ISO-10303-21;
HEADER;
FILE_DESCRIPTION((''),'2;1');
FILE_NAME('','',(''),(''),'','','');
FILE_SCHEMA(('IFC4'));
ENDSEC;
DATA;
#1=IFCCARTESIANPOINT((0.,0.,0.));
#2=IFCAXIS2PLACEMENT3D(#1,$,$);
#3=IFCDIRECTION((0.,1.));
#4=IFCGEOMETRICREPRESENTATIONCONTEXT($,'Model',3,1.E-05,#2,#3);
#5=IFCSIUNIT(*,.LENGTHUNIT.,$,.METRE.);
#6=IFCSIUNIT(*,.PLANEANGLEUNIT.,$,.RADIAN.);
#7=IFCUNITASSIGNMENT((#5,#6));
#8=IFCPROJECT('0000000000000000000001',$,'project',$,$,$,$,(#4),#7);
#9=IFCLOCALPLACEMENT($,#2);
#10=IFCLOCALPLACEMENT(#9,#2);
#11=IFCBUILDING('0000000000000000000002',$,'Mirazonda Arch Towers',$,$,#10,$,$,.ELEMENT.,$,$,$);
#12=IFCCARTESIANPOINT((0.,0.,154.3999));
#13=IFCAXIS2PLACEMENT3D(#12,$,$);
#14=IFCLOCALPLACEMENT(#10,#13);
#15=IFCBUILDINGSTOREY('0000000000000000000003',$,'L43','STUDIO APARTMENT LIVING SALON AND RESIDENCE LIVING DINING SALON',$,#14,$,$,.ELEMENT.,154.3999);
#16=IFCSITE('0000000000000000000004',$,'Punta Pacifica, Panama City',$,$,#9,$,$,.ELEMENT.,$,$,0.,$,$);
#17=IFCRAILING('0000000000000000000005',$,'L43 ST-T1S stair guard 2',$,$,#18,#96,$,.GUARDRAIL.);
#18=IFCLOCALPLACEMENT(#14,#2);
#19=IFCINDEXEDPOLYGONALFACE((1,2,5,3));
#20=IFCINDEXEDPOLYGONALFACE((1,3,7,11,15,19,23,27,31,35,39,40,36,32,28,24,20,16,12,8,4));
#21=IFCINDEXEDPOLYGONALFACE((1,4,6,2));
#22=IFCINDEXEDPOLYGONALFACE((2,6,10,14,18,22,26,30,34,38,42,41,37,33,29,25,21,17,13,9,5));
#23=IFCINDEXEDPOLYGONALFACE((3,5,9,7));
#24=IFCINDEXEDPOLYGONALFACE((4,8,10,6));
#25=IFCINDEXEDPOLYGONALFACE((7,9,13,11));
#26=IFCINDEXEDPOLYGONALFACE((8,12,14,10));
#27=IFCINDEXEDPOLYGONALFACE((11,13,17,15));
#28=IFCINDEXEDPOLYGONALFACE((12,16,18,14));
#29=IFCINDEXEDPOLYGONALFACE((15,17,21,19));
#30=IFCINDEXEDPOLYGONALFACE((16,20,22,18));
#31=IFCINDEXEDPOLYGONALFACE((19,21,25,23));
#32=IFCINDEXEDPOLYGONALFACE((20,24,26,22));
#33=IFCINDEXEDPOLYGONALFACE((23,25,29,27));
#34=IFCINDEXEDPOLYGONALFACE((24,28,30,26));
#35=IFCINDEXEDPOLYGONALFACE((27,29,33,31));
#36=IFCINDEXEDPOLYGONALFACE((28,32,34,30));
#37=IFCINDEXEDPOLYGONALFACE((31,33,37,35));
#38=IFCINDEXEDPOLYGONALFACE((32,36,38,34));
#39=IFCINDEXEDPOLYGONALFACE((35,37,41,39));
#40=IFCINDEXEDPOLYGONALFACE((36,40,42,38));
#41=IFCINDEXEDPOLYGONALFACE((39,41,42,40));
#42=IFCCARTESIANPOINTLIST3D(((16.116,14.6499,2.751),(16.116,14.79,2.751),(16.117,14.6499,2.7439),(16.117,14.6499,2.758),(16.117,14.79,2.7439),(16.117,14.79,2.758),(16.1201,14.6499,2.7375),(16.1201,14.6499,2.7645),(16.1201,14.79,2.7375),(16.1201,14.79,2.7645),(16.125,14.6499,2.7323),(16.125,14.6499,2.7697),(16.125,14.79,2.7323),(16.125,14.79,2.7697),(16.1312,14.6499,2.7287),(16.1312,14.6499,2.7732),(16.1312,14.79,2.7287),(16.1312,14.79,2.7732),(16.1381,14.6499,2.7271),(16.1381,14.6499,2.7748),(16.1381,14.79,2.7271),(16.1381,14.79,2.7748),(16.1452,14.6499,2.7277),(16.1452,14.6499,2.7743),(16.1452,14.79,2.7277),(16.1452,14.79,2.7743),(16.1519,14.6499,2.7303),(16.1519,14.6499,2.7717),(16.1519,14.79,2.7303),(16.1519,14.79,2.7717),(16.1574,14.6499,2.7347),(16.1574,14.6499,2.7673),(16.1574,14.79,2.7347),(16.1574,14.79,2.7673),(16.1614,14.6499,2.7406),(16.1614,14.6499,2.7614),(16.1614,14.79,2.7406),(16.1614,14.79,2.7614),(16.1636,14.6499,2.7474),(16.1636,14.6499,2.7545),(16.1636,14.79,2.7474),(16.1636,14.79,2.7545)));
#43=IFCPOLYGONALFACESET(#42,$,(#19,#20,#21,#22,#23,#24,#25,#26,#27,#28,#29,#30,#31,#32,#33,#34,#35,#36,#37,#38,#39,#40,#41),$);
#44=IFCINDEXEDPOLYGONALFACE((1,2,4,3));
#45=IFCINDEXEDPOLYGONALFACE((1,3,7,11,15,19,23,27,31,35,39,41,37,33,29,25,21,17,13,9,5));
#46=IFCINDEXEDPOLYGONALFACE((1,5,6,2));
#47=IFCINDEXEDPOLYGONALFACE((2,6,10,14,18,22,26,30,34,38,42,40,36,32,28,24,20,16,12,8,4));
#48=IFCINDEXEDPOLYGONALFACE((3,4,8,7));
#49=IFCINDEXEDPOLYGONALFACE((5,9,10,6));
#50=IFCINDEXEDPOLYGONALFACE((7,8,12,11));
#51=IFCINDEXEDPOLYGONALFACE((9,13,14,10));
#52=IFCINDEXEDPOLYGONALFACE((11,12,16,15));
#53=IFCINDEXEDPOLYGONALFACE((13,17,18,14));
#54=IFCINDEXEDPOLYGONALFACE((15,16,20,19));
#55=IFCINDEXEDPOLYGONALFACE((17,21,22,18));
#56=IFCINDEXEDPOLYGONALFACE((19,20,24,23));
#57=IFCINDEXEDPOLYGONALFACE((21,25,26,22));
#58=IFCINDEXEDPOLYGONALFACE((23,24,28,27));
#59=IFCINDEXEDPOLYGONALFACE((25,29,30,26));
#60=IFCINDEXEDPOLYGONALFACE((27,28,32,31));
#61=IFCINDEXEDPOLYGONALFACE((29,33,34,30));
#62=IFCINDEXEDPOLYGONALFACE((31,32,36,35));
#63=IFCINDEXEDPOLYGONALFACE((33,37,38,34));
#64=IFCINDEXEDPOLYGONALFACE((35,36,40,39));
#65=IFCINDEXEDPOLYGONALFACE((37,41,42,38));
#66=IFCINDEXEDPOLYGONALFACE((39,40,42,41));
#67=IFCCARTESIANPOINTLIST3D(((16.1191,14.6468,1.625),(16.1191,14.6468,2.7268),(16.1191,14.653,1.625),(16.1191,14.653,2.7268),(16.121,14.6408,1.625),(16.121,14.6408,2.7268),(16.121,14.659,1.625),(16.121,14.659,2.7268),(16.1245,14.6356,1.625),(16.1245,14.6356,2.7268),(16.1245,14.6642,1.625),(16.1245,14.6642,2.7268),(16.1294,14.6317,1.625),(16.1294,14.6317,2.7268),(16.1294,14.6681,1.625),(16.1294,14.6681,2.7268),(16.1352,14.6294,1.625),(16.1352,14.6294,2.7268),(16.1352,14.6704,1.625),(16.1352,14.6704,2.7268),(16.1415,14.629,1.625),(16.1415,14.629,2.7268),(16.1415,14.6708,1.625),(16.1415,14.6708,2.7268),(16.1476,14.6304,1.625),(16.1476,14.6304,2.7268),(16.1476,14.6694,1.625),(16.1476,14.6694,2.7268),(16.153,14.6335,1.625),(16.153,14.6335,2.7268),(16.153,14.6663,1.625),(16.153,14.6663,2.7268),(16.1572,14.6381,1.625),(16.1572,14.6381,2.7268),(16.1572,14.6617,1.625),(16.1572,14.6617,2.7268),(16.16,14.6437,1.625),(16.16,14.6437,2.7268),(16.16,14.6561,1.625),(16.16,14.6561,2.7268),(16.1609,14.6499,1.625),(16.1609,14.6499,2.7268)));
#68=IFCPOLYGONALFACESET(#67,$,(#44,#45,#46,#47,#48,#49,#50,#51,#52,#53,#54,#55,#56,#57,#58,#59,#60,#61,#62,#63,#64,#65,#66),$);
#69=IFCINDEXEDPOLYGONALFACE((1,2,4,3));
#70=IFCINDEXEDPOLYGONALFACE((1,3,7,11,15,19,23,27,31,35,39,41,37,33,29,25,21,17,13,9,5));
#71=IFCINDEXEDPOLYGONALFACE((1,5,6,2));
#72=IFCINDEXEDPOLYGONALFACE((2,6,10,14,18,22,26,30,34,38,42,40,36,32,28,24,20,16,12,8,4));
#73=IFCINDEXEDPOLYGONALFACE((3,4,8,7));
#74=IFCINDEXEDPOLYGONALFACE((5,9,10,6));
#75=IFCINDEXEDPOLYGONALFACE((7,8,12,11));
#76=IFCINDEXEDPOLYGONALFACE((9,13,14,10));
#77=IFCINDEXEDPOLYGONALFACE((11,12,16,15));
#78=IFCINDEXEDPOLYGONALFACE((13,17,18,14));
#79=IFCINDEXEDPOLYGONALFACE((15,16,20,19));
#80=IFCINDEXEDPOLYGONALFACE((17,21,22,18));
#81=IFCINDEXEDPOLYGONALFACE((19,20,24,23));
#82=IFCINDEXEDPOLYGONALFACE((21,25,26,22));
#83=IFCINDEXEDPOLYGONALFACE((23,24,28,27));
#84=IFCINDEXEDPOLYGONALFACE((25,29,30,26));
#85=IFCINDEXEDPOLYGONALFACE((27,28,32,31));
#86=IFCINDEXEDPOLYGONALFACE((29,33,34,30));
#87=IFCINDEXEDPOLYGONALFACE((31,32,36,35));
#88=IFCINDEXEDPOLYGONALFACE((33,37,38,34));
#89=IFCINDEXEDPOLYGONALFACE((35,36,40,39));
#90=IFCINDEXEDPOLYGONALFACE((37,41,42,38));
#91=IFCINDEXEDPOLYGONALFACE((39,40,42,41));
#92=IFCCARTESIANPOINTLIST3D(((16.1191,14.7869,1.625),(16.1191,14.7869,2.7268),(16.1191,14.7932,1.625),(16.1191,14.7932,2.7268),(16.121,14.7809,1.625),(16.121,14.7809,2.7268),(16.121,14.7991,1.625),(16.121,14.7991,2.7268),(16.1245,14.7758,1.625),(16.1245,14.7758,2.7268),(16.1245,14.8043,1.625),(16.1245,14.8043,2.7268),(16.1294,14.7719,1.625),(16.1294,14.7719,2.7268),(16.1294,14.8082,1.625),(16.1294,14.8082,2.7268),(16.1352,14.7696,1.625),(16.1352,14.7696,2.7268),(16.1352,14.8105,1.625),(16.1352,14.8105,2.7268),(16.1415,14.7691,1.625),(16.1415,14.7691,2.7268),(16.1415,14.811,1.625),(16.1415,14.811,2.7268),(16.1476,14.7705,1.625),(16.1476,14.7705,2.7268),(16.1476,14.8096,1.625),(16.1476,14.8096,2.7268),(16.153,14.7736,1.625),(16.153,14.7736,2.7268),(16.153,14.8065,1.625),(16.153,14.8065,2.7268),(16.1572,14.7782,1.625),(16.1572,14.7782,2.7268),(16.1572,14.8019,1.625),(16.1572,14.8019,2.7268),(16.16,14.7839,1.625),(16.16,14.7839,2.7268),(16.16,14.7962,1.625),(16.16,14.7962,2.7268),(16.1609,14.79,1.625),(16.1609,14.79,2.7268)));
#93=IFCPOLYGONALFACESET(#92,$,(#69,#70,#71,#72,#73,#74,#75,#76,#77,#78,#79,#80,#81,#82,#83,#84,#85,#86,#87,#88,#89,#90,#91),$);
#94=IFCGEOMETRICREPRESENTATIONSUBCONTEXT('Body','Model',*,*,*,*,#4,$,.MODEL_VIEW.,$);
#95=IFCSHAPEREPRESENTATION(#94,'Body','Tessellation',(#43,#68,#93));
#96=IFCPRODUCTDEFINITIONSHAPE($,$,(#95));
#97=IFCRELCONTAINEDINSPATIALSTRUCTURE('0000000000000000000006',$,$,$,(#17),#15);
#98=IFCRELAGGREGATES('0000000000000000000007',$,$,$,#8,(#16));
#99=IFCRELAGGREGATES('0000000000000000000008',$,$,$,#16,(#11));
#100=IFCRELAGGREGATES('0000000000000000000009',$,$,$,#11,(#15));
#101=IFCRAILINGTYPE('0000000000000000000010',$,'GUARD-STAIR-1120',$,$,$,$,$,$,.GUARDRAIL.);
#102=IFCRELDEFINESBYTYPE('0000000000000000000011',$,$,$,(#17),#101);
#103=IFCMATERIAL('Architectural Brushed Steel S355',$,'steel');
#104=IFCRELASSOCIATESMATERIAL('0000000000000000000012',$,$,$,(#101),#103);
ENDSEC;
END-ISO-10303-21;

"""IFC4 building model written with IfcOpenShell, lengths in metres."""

from ifc_helpers import new_model, si_unit, direction, frame, origin, origin_2d, place, context, subcontext, project, spatial, circle, extrude, material, type_object, element, save


model = new_model("IFC4")

# Units and contexts
model_context = context("Model", 3, precision=1e-05, world=origin(), true_north=direction((0.0, 1.0)))
body_context = subcontext(model_context, "Body", "Model", "MODEL_VIEW")
ifc_project = project(units=[si_unit("LENGTHUNIT", "METRE"), si_unit("PLANEANGLEUNIT", "RADIAN")], contexts=[model_context])

# Site, building, storey
site_placement = place(None, origin())
site = spatial("IfcSite", under=ifc_project, at=site_placement, Name="Punta Pacifica, Panama City", CompositionType="ELEMENT", RefElevation=0.0)
building_placement = place(site_placement, origin())
building = spatial("IfcBuilding", under=site, at=building_placement, Name="Mirazonda Arch Towers", CompositionType="ELEMENT")
storey_placement = place(building_placement, frame((0.0, 0.0, 154.3999)))
storey = spatial("IfcBuildingStorey", under=building, at=storey_placement, Name="L43", Description="STUDIO APARTMENT LIVING SALON AND RESIDENCE LIVING DINING SALON", CompositionType="ELEMENT", Elevation=154.3999)

# Shared definitions
ifc_material_1 = material(Name="Architectural Brushed Steel S355", Category="steel")

# Railing
railing_type_1 = type_object("IfcRailingType", Name="GUARD-STAIR-1120", PredefinedType="GUARDRAIL", material=ifc_material_1)
railing_1_placement = place(storey_placement, frame((16.1399, 14.6499, 1.625)))
element("IfcRailing", 1, at=railing_1_placement, inside=storey, type_object=railing_type_1, Name="L43 ST-T1S stair guard 2", PredefinedType="GUARDRAIL", context=body_context, shape_type="SweptSolid", body=[
    extrude(circle(Radius=0.0239, at=origin_2d()), frame((0.0, 0.0, 1.126), z_axis=(0.0, 1.0, 0.0), x_axis=(-1.0, 0.0, 0.0)), (0.0, 0.0, 1.0), 0.1401),
    extrude(circle(Radius=0.021, at=origin_2d()), origin(), (0.0, 0.0, 1.0), 1.1018),
    extrude(circle(Radius=0.021, at=origin_2d()), frame((0.0, 0.1401, 0.0)), (0.0, 0.0, 1.0), 1.1018),
])

save(model, "model.ifc")
